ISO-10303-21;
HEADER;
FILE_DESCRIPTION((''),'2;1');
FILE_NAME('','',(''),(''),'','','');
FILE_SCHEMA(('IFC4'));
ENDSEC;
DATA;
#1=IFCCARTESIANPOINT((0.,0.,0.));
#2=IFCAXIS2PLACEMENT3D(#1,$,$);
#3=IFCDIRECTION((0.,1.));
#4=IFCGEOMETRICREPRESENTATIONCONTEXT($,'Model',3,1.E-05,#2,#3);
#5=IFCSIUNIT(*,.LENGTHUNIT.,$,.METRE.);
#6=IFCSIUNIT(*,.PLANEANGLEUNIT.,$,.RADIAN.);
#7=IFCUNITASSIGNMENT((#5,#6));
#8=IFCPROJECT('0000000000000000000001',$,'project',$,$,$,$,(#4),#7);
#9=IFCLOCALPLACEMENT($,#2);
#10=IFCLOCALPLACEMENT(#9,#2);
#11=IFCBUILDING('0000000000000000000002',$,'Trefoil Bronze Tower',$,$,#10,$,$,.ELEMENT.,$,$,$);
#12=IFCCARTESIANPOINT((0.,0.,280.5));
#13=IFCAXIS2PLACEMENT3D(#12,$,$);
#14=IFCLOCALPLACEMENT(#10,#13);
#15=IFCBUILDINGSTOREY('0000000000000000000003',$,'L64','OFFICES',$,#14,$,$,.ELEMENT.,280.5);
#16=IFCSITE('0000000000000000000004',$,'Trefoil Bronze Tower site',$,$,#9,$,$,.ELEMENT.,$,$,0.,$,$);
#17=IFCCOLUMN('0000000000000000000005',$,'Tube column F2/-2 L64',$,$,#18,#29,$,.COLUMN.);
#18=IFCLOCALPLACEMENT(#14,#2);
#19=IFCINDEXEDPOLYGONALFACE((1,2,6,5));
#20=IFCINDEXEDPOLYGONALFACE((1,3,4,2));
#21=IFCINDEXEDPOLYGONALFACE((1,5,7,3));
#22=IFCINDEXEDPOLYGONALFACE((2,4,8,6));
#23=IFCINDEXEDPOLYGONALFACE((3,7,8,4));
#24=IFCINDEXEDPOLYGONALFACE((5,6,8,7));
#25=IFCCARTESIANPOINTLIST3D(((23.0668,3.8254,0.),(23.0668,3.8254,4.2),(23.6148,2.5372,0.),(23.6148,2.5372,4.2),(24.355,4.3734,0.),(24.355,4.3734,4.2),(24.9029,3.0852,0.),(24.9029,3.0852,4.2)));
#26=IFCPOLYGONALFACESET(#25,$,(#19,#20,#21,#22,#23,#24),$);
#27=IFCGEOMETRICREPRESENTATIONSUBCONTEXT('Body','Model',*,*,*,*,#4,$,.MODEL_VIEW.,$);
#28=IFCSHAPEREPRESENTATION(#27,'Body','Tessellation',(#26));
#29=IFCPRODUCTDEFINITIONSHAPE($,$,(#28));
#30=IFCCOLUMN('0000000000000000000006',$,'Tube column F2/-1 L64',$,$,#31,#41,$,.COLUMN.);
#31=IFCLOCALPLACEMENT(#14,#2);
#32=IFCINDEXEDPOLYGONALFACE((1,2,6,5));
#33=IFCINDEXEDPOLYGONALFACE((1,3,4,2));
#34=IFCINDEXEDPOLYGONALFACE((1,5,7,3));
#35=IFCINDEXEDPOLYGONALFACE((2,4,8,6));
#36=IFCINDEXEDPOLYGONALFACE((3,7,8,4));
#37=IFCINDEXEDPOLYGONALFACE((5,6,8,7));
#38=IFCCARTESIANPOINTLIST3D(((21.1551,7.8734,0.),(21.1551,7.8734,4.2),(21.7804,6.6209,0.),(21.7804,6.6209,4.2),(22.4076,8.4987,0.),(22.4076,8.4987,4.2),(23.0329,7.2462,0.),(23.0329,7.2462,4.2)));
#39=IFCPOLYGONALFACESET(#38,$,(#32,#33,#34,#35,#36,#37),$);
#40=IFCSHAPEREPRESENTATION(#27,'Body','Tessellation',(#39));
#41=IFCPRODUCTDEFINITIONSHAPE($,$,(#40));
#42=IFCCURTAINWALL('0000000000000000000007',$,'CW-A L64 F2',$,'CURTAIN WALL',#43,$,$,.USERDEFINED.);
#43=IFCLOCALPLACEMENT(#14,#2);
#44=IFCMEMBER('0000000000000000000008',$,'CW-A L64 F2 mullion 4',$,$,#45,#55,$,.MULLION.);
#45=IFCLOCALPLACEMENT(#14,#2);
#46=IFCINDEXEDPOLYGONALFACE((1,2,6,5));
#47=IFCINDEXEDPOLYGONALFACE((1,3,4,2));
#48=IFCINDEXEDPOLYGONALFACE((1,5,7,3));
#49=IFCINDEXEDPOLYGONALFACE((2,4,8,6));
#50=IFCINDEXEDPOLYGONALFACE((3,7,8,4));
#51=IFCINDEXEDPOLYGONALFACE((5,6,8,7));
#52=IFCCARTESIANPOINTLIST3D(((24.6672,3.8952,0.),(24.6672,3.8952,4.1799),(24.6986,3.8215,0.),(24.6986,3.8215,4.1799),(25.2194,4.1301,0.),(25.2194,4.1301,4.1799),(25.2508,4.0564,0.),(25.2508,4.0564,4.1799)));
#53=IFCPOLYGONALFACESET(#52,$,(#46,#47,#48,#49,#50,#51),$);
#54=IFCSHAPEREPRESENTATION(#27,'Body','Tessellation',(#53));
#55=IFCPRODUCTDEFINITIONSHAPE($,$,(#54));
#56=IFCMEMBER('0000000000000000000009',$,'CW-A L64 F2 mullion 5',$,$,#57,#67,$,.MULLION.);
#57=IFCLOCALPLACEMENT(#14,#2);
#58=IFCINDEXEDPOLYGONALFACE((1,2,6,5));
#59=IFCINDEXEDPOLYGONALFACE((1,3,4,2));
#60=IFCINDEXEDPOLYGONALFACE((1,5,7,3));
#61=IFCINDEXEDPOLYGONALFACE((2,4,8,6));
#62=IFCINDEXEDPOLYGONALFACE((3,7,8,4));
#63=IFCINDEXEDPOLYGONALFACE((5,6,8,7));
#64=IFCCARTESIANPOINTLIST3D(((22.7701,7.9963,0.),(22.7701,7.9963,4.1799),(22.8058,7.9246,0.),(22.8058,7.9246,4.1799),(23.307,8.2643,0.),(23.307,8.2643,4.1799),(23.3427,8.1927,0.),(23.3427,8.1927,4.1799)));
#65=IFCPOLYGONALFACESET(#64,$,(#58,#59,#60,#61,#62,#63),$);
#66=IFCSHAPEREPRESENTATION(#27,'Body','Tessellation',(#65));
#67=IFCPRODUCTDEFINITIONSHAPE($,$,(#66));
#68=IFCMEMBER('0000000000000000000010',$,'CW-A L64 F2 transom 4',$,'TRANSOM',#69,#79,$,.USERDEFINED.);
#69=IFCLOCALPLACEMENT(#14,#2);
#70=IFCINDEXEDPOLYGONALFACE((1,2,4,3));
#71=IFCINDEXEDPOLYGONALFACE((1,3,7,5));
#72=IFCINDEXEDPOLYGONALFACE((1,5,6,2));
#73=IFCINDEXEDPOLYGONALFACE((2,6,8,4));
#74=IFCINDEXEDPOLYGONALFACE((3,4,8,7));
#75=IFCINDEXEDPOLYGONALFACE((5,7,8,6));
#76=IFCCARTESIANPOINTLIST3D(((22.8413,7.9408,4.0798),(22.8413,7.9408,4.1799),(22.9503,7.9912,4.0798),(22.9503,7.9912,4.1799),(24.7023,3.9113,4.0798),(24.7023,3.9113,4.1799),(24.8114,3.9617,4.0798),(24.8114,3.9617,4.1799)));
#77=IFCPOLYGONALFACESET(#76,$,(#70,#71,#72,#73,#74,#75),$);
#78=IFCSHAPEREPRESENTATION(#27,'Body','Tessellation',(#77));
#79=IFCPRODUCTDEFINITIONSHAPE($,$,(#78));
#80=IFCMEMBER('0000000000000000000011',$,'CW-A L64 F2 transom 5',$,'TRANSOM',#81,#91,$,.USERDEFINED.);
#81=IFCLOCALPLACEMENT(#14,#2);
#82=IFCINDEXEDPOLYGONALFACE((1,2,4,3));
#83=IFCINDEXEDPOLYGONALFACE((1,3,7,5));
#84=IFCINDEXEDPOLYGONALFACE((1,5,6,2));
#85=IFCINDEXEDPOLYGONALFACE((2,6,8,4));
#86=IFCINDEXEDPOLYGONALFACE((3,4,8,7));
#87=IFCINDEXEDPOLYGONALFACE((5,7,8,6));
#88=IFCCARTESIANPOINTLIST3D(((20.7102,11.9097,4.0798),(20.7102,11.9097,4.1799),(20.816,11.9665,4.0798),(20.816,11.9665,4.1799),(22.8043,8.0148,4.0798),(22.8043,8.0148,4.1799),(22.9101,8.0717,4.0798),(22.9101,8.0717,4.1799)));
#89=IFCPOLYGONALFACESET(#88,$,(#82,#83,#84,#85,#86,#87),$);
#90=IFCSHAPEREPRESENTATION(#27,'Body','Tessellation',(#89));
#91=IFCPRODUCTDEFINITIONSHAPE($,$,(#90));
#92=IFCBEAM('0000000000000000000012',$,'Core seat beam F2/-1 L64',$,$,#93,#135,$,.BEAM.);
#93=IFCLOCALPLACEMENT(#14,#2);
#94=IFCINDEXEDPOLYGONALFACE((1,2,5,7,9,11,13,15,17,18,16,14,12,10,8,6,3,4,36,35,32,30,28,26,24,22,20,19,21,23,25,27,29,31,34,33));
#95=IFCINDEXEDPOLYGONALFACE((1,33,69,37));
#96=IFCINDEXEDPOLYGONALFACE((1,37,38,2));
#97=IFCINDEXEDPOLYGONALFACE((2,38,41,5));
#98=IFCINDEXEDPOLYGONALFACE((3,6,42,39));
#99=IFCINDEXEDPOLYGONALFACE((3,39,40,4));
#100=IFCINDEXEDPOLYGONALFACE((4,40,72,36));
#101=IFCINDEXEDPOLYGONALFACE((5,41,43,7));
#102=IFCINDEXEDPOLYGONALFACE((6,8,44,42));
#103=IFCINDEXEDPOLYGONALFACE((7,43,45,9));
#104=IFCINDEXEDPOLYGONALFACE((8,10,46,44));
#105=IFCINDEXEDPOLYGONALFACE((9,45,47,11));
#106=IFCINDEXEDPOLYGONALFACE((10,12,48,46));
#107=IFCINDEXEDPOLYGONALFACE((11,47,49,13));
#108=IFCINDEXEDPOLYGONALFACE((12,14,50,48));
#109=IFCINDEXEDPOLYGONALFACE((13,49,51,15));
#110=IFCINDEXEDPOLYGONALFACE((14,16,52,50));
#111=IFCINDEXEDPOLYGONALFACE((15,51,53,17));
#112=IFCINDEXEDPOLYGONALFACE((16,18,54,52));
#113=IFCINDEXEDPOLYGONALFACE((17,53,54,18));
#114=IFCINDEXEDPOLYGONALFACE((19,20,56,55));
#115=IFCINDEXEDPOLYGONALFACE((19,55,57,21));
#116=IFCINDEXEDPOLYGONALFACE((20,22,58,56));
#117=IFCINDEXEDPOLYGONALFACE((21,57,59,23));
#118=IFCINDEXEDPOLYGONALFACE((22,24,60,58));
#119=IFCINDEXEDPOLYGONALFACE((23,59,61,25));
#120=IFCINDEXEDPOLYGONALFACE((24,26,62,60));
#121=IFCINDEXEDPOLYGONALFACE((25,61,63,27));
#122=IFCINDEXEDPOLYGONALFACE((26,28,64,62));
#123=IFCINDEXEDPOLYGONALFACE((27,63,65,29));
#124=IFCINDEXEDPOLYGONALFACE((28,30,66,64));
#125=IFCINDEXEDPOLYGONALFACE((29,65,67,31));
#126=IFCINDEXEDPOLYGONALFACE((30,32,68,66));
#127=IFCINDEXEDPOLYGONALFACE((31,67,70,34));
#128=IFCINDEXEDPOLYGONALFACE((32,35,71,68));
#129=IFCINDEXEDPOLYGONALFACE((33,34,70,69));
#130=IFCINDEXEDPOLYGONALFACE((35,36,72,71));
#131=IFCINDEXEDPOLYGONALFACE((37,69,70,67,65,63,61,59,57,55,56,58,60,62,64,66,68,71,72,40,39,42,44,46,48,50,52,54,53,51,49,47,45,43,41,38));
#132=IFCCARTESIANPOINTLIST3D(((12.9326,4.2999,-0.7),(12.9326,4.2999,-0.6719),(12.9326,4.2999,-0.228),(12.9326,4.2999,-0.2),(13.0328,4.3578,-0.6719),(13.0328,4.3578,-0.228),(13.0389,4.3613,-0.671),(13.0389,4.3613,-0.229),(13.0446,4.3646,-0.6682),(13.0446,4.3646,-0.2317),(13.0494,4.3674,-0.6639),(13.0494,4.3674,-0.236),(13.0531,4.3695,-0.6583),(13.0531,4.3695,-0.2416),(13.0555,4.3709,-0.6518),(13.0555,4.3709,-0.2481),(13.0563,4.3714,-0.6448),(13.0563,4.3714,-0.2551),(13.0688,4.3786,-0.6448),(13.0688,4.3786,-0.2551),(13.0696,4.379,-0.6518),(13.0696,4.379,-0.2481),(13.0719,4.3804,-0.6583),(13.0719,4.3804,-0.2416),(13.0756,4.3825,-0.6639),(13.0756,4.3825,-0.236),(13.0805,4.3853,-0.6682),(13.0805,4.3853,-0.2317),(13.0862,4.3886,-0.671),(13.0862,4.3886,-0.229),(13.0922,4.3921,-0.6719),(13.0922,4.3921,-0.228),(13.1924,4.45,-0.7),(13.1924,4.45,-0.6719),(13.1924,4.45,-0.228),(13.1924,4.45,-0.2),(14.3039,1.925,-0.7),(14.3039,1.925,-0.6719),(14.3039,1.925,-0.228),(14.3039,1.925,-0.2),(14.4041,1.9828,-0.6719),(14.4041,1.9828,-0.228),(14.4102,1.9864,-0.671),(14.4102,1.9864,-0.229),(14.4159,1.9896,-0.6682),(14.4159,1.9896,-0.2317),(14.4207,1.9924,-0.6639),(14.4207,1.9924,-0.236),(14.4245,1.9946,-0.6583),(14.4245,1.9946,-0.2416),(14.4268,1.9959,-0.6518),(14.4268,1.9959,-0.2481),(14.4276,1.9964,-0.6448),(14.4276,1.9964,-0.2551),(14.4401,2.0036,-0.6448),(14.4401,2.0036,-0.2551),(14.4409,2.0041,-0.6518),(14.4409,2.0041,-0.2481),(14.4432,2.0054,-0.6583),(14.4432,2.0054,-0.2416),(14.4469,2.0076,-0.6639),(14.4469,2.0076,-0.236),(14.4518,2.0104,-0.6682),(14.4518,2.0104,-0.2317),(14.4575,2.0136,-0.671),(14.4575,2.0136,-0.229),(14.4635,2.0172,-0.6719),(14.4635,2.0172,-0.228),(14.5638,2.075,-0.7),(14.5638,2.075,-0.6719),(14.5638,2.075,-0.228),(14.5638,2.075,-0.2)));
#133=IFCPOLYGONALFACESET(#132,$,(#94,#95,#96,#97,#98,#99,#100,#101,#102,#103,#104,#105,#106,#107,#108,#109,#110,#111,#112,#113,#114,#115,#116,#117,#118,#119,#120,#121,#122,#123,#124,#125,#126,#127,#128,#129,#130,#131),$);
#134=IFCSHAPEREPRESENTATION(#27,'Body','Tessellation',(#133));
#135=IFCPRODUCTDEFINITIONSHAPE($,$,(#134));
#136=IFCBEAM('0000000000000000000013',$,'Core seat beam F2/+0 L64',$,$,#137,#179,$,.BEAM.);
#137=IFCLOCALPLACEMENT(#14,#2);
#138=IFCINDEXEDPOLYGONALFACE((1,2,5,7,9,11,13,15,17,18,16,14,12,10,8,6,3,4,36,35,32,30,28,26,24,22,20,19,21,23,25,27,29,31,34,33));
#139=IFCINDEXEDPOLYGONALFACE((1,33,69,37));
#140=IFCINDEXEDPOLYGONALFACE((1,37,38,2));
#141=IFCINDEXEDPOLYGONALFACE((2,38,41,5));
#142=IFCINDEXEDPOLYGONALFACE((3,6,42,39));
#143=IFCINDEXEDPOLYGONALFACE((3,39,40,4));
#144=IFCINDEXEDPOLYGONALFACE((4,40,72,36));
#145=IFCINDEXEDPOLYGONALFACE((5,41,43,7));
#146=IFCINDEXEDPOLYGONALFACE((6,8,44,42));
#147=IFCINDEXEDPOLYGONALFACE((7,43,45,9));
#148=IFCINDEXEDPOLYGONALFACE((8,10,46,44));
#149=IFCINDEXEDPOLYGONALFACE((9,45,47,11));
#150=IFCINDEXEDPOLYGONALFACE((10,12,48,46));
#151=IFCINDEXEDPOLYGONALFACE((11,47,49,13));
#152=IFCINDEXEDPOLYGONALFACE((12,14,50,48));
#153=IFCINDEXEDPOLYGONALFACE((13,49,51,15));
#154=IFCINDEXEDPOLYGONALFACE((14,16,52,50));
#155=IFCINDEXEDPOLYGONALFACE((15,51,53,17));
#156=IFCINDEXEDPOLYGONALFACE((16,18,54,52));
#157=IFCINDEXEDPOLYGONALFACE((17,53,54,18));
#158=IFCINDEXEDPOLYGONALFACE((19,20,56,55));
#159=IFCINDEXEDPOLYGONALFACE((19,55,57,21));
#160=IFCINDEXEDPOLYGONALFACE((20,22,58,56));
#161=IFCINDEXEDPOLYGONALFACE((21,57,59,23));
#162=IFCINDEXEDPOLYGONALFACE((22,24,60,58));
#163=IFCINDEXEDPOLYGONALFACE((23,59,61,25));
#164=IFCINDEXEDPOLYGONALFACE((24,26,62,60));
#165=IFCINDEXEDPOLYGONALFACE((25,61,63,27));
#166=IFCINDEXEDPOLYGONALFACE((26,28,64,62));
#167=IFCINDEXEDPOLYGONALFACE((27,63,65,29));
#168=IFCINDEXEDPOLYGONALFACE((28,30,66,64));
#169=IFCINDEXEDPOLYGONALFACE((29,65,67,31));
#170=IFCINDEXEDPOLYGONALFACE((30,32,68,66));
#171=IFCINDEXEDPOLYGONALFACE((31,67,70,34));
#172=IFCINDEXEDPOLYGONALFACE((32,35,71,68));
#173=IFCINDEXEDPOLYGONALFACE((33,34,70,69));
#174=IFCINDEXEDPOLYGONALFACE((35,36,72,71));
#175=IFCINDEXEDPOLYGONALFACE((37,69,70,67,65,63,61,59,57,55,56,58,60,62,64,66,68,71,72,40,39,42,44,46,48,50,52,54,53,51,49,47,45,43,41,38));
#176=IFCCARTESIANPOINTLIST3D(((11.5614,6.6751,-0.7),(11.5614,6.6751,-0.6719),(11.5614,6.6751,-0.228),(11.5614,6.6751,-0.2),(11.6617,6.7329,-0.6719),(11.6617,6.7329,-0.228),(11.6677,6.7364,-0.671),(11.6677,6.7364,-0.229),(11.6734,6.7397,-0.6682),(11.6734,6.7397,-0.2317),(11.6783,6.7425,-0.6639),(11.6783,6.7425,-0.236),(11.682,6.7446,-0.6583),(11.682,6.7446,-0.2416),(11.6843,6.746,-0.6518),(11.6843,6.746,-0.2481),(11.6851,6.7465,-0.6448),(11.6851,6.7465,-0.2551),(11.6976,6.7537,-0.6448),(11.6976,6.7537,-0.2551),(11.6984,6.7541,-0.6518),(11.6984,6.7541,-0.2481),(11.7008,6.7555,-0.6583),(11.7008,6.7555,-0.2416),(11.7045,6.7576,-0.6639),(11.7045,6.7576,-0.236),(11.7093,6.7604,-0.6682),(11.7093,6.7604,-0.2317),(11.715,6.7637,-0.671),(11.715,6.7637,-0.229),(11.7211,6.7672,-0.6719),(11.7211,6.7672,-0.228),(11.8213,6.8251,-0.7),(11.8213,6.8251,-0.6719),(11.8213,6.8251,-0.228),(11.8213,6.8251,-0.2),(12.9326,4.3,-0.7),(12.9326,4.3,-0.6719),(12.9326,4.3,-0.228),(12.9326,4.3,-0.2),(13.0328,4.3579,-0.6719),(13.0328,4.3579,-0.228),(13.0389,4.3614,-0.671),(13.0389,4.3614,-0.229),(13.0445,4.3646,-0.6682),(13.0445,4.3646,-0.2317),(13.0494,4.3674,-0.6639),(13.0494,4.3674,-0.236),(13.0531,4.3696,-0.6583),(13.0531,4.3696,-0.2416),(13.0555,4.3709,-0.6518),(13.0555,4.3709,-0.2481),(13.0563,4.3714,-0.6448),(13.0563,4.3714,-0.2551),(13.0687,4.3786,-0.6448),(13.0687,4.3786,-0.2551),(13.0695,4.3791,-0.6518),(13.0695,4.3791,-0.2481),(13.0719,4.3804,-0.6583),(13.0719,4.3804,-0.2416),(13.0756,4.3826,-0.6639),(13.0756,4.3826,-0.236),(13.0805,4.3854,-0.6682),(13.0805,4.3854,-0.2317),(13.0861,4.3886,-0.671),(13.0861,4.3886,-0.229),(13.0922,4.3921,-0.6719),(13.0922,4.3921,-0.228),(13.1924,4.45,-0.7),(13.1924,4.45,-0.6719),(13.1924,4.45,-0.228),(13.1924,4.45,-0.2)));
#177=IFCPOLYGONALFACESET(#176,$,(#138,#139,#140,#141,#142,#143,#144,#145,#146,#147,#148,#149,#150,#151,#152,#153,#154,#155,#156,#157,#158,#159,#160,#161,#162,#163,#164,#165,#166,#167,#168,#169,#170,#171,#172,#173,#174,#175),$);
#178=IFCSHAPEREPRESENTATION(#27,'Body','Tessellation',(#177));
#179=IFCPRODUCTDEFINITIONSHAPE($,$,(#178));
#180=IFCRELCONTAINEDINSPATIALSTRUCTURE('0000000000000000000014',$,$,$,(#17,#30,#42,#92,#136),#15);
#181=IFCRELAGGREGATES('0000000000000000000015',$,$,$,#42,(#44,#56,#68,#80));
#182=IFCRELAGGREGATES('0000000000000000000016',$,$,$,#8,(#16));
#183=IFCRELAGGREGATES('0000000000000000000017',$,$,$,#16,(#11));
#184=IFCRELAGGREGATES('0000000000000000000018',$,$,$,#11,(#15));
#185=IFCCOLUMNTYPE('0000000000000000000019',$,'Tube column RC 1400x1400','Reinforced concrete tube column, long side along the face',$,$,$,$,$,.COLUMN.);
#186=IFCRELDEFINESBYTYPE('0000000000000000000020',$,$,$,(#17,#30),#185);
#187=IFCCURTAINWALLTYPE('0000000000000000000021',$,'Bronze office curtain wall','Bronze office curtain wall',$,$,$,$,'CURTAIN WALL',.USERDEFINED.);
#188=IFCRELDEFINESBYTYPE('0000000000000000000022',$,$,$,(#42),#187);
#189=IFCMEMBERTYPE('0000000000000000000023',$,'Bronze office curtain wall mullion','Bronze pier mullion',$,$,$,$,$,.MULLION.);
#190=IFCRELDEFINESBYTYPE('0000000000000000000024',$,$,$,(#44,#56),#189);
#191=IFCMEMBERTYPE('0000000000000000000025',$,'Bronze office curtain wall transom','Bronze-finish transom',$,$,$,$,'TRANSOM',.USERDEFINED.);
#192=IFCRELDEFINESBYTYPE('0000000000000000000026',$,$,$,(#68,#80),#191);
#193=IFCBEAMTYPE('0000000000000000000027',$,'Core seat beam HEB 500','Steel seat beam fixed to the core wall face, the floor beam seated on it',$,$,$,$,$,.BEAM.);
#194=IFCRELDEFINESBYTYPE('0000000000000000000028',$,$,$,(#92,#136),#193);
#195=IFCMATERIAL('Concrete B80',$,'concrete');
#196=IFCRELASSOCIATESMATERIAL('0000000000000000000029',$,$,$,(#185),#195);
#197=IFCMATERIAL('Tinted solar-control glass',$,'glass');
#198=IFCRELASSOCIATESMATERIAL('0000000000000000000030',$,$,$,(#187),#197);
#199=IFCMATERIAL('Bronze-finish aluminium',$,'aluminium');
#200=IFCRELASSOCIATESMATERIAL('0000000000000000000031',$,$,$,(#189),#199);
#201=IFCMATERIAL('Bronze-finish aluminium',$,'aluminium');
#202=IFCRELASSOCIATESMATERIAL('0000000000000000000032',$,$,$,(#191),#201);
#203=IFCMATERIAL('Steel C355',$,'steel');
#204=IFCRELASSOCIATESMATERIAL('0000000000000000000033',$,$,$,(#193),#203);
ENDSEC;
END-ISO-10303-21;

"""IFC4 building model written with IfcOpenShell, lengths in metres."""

from ifc_helpers import new_model, si_unit, direction, frame, origin, origin_2d, place, context, subcontext, project, spatial, rectangle, i_section, extrude, material, material_profile, profile_set, type_object, element, aggregate, save


model = new_model("IFC4")

# Units and contexts
model_context = context("Model", 3, precision=1e-05, world=origin(), true_north=direction((0.0, 1.0)))
body_context = subcontext(model_context, "Body", "Model", "MODEL_VIEW")
ifc_project = project(units=[si_unit("LENGTHUNIT", "METRE"), si_unit("PLANEANGLEUNIT", "RADIAN")], contexts=[model_context])

# Site, building, storey
site_placement = place(None, origin())
site = spatial("IfcSite", under=ifc_project, at=site_placement, Name="Trefoil Bronze Tower site", CompositionType="ELEMENT", RefElevation=0.0)
building_placement = place(site_placement, origin())
building = spatial("IfcBuilding", under=site, at=building_placement, Name="Trefoil Bronze Tower", CompositionType="ELEMENT")
storey_placement = place(building_placement, frame((0.0, 0.0, 280.5)))
storey = spatial("IfcBuildingStorey", under=building, at=storey_placement, Name="L64", Description="OFFICES", CompositionType="ELEMENT", Elevation=280.5)

# Columns
ifc_material_1 = material(Name="Concrete B80", Category="concrete")
ifc_material_profile_1 = material_profile(ifc_material_1, rectangle(XDim=1.3999, YDim=1.3999, at=origin_2d()), Name="RC 1400x1400")
ifc_profile_set_1 = profile_set([ifc_material_profile_1], Name="Concrete B80")
column_type = type_object("IfcColumnType", Name="Tube column RC 1400x1400", Description="Reinforced concrete tube column, long side along the face", PredefinedType="COLUMN", material=ifc_profile_set_1)
for number, where, z_axis, x_axis, name in (
    (1, (23.9849, 3.4553, 0.0), (0.0, 0.0, 1.0), (-0.391436, 0.920205, 0.0), "Tube column F2/-2 L64"),
    (2, (22.094, 7.5598, 0.0), (0.0, 0.0, 1.0), (-0.446641, 0.894713, 0.0), "Tube column F2/-1 L64"),
):
    element("IfcColumn", number, at=place(storey_placement, frame(where, z_axis=z_axis, x_axis=x_axis)), inside=storey, type_object=column_type, Name=name, PredefinedType="COLUMN", context=body_context, shape_type="SweptSolid", body=[
        extrude(rectangle(XDim=1.3999, YDim=1.3999, at=origin_2d()), origin(), (0.0, 0.0, 1.0), 4.2),
    ])

# Curtain wall, members
ifc_material_2 = material(Name="Tinted solar-control glass", Category="glass")
curtain_wall_type = type_object("IfcCurtainWallType", Name="Bronze office curtain wall", Description="Bronze office curtain wall", ElementType="CURTAIN WALL", PredefinedType="USERDEFINED", material=ifc_material_2)
curtain_wall_placement = place(storey_placement, origin())
curtain_wall = element("IfcCurtainWall", 3, at=curtain_wall_placement, inside=storey, type_object=curtain_wall_type, Name="CW-A L64 F2", ObjectType="CURTAIN WALL", PredefinedType="USERDEFINED")
ifc_material_3 = material(Name="Bronze-finish aluminium", Category="aluminium")
ifc_material_profile_2 = material_profile(ifc_material_3, rectangle(XDim=0.6001, YDim=0.0801, at=origin_2d()), Name="CW-A mullion")
ifc_profile_set_2 = profile_set([ifc_material_profile_2], Name="Bronze-finish aluminium")
member_type_1 = type_object("IfcMemberType", Name="Bronze office curtain wall mullion", Description="Bronze pier mullion", PredefinedType="MULLION", material=ifc_profile_set_2)
member_1_placement = place(storey_placement, frame((24.959, 3.9758, 0.0), z_axis=(0.0, 0.0, 1.0), x_axis=(-0.920205, -0.391436, 0.0)))
member_1 = element("IfcMember", 4, at=member_1_placement, type_object=member_type_1, Name="CW-A L64 F2 mullion 4", PredefinedType="MULLION", context=body_context, shape_type="SweptSolid", body=[
    extrude(rectangle(XDim=0.6001, YDim=0.0801, at=origin_2d()), origin(), (0.0, 0.0, 1.0), 4.1799),
])
member_2_placement = place(storey_placement, frame((23.0564, 8.0945, 0.0), z_axis=(0.0, 0.0, 1.0), x_axis=(-0.894713, -0.446641, 0.0)))
member_2 = element("IfcMember", 5, at=member_2_placement, type_object=member_type_1, Name="CW-A L64 F2 mullion 5", PredefinedType="MULLION", context=body_context, shape_type="SweptSolid", body=[
    extrude(rectangle(XDim=0.6001, YDim=0.0801, at=origin_2d()), origin(), (0.0, 0.0, 1.0), 4.1799),
])
ifc_material_4 = material(Name="Bronze-finish aluminium", Category="aluminium")
ifc_material_profile_3 = material_profile(ifc_material_4, rectangle(XDim=0.1201, YDim=0.1001, at=origin_2d()), Name="CW-A transom")
ifc_profile_set_3 = profile_set([ifc_material_profile_3], Name="Bronze-finish aluminium")
member_type_2 = type_object("IfcMemberType", Name="Bronze office curtain wall transom", Description="Bronze-finish transom", ElementType="TRANSOM", PredefinedType="USERDEFINED", material=ifc_profile_set_3)
member_3_placement = place(storey_placement, frame((24.7568, 3.9365, 4.1299), z_axis=(-0.419299, 0.907848, 0.0), x_axis=(-0.907848, -0.419299, 0.0)))
member_3 = element("IfcMember", 6, at=member_3_placement, type_object=member_type_2, Name="CW-A L64 F2 transom 4", ObjectType="TRANSOM", PredefinedType="USERDEFINED", context=body_context, shape_type="SweptSolid", body=[
    extrude(rectangle(XDim=0.1201, YDim=0.1001, at=origin_2d()), origin(), (0.0, 0.0, 1.0), 4.4385),
])
member_4_placement = place(storey_placement, frame((22.8572, 8.0432, 4.1299), z_axis=(-0.47354, 0.880772, 0.0), x_axis=(-0.880772, -0.47354, 0.0)))
member_4 = element("IfcMember", 7, at=member_4_placement, type_object=member_type_2, Name="CW-A L64 F2 transom 5", ObjectType="TRANSOM", PredefinedType="USERDEFINED", context=body_context, shape_type="SweptSolid", body=[
    extrude(rectangle(XDim=0.1201, YDim=0.1001, at=origin_2d()), origin(), (0.0, 0.0, 1.0), 4.4221),
])

# Beams
ifc_material_5 = material(Name="Steel C355", Category="steel")
ifc_material_profile_4 = material_profile(ifc_material_5, i_section(OverallWidth=0.3, OverallDepth=0.5, WebThickness=0.0144, FlangeThickness=0.0281, FilletRadius=0.0271, at=origin_2d()), Name="HEB 500")
ifc_profile_set_4 = profile_set([ifc_material_profile_4], Name="Steel C355")
beam_type_1 = type_object("IfcBeamType", Name="Core seat beam HEB 500", Description="Steel seat beam fixed to the core wall face, the floor beam seated on it", PredefinedType="BEAM", material=ifc_profile_set_4)
for number, where, z_axis, x_axis, name in (
    (8, (14.4338, 2.0, -0.45), (-0.500036, 0.866005, 0.0), (-0.866005, -0.500036, 0.0), "Core seat beam F2/-1 L64"),
    (9, (13.0625, 4.375, -0.45), (-0.499969, 0.866043, 0.0), (-0.866043, -0.499969, 0.0), "Core seat beam F2/+0 L64"),
):
    element("IfcBeam", number, at=place(storey_placement, frame(where, z_axis=z_axis, x_axis=x_axis)), inside=storey, type_object=beam_type_1, Name=name, PredefinedType="BEAM", context=body_context, shape_type="SweptSolid", body=[
        extrude(i_section(OverallWidth=0.3, OverallDepth=0.5, WebThickness=0.0144, FlangeThickness=0.0281, FilletRadius=0.0271, at=origin_2d()), origin(), (0.0, 0.0, 1.0), 2.7424),
    ])

aggregate(curtain_wall, [member_1, member_2, member_3, member_4])

save(model, "model.ifc")
